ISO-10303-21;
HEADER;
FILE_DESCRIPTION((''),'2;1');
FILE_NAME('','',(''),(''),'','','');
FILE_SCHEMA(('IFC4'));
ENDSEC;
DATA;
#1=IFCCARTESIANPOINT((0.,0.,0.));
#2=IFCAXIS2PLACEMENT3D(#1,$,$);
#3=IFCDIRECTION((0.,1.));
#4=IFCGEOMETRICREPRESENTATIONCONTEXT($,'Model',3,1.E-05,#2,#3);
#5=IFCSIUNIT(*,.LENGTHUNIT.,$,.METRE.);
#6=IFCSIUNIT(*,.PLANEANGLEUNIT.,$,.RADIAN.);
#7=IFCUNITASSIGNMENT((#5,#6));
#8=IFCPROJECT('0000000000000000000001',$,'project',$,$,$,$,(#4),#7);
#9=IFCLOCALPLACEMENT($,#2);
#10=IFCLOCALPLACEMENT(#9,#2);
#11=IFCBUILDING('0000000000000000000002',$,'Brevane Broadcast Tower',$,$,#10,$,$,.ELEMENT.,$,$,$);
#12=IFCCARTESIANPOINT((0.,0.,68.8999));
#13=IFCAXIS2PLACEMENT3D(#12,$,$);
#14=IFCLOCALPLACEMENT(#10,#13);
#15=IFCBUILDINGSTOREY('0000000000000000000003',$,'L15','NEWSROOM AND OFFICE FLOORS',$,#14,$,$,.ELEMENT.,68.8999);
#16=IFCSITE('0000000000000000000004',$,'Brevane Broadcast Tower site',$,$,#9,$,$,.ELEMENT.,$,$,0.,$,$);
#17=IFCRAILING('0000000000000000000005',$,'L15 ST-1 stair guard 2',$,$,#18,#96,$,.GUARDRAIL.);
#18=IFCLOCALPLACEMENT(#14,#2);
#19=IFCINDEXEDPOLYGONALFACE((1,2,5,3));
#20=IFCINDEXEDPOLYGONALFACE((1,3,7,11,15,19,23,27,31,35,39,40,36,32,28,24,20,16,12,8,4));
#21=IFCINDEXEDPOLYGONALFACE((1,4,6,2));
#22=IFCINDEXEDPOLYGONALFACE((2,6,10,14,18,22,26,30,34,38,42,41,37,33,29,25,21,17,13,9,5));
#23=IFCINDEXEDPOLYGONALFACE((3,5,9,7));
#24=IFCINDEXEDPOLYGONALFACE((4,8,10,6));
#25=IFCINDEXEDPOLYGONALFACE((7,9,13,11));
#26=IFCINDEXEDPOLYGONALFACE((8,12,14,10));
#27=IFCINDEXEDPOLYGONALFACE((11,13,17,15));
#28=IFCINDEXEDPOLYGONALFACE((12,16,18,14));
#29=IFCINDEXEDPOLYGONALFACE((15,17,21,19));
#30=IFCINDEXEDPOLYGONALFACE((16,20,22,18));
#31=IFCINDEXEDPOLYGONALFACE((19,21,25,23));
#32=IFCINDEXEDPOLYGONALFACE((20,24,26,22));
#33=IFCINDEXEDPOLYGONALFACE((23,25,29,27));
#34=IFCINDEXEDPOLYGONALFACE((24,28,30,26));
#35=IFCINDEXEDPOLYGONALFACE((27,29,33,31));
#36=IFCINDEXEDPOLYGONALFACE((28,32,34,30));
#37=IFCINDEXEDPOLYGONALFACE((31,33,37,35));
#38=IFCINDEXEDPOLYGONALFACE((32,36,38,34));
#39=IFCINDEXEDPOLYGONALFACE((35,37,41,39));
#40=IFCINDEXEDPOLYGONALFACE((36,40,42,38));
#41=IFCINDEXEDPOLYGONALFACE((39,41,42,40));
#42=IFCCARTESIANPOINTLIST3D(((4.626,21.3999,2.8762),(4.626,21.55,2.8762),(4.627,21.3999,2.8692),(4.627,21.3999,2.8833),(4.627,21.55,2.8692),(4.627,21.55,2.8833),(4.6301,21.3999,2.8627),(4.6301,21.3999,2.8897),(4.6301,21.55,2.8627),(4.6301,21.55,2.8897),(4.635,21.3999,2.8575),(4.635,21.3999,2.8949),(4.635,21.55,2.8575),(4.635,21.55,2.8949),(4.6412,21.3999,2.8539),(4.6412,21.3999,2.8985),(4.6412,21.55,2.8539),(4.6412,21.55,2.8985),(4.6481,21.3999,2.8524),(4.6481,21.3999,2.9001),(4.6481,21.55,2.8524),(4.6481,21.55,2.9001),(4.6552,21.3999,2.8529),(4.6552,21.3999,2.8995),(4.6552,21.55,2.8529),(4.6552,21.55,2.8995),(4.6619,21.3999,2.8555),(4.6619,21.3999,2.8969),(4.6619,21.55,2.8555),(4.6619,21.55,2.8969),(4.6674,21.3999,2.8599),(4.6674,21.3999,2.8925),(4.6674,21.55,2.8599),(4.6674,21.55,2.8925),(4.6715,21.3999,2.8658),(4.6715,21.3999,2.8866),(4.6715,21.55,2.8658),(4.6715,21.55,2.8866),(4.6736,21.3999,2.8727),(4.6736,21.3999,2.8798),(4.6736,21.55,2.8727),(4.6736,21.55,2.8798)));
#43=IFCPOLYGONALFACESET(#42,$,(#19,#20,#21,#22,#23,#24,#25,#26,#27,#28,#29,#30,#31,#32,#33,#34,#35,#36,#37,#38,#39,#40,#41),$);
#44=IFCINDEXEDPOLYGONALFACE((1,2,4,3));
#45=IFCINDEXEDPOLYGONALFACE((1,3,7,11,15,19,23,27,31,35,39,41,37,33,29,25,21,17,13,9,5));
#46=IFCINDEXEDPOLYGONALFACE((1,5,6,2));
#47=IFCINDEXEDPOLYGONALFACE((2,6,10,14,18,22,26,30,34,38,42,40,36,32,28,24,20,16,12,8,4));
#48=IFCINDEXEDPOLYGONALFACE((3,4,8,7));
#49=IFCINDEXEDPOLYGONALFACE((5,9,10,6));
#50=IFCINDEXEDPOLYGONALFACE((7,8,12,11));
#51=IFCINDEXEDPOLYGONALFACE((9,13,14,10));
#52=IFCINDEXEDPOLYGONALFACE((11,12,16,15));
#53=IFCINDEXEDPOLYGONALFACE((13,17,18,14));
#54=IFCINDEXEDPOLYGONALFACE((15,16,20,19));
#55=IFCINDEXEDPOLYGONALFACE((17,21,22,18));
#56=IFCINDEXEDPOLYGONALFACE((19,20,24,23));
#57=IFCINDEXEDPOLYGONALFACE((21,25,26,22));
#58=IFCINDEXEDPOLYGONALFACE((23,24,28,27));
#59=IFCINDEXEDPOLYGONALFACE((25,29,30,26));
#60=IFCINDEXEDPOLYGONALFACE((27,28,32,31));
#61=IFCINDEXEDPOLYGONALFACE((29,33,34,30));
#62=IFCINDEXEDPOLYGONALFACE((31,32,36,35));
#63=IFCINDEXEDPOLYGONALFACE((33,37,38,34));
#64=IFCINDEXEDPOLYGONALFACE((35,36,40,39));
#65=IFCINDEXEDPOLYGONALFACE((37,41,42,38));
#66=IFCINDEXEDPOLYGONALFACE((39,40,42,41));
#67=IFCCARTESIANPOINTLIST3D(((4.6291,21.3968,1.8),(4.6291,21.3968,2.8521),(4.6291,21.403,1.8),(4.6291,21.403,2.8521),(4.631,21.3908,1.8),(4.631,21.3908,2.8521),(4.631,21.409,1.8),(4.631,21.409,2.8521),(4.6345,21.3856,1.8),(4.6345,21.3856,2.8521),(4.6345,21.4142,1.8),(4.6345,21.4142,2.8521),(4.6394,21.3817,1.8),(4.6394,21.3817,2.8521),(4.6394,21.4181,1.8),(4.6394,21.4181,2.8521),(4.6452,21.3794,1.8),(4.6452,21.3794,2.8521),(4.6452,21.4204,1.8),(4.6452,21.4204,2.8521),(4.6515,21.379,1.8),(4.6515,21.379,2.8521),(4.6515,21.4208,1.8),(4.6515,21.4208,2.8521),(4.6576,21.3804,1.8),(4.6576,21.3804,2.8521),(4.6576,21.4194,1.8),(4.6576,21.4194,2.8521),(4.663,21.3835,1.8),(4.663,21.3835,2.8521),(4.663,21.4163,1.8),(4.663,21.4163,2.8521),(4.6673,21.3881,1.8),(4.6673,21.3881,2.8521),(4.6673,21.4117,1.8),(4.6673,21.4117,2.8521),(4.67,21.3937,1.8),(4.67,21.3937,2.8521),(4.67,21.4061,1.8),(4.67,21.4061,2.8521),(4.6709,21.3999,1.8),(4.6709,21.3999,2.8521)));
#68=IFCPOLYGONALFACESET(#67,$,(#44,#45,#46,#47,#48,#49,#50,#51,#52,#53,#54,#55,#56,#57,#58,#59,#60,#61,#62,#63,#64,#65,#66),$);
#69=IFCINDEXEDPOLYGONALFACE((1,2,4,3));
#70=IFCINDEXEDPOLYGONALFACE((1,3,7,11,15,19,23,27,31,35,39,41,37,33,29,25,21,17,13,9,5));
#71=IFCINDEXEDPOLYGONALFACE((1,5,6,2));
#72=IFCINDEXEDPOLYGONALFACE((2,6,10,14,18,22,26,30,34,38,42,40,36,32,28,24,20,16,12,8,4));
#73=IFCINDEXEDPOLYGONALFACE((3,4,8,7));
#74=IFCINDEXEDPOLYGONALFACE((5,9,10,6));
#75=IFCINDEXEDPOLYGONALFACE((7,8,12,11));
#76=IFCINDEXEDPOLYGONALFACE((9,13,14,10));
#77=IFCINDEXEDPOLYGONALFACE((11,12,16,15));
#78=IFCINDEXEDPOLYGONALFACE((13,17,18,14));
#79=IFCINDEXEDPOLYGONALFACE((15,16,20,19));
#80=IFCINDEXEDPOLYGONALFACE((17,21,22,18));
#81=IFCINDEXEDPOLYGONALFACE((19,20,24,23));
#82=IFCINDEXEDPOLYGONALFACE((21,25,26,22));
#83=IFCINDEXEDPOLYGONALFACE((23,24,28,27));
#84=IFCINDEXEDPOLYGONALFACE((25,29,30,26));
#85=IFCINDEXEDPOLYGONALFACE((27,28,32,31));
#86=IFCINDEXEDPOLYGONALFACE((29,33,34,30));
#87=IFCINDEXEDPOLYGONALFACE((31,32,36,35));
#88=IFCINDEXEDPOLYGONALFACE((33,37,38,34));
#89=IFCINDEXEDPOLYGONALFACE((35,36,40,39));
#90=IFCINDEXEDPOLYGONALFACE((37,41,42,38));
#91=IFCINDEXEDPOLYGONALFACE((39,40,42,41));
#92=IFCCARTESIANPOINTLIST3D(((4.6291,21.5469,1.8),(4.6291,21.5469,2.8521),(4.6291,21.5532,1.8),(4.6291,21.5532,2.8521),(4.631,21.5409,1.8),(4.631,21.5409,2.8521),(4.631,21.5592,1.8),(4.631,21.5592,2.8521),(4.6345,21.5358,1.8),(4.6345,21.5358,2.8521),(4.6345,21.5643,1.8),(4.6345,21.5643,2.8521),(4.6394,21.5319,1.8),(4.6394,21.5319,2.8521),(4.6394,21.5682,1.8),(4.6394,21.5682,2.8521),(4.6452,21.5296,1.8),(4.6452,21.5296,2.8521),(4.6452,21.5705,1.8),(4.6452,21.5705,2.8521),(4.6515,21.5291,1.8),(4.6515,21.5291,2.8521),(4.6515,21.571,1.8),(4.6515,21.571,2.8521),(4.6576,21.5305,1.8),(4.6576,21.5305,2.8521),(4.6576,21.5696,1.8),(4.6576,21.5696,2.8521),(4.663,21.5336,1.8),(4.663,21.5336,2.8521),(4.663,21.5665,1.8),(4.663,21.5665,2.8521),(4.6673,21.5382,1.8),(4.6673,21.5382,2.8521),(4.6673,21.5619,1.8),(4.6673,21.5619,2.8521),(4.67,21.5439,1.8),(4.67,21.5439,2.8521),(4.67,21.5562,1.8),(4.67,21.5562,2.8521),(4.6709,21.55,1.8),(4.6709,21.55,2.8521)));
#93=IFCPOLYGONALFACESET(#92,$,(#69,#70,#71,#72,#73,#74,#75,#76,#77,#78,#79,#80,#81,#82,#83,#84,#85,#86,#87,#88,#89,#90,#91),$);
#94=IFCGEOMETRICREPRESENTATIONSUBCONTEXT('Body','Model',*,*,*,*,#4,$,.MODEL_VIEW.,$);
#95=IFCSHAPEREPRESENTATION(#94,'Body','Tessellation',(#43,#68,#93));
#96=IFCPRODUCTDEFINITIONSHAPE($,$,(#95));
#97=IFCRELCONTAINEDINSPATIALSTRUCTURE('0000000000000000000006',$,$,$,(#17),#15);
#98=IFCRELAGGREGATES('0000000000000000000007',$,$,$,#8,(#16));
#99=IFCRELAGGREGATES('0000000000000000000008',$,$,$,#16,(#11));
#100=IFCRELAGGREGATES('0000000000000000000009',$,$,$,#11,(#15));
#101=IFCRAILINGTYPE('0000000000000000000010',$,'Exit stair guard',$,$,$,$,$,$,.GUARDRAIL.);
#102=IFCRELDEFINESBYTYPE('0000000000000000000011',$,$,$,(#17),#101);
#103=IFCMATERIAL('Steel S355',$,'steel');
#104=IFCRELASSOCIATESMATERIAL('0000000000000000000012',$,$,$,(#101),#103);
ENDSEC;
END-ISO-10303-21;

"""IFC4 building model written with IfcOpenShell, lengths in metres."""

from ifc_helpers import new_model, si_unit, direction, frame, origin, origin_2d, place, context, subcontext, project, spatial, circle, extrude, material, type_object, element, save


model = new_model("IFC4")

# Units and contexts
model_context = context("Model", 3, precision=1e-05, world=origin(), true_north=direction((0.0, 1.0)))
body_context = subcontext(model_context, "Body", "Model", "MODEL_VIEW")
ifc_project = project(units=[si_unit("LENGTHUNIT", "METRE"), si_unit("PLANEANGLEUNIT", "RADIAN")], contexts=[model_context])

# Site, building, storey
site_placement = place(None, origin())
site = spatial("IfcSite", under=ifc_project, at=site_placement, Name="Brevane Broadcast Tower site", CompositionType="ELEMENT", RefElevation=0.0)
building_placement = place(site_placement, origin())
building = spatial("IfcBuilding", under=site, at=building_placement, Name="Brevane Broadcast Tower", CompositionType="ELEMENT")
storey_placement = place(building_placement, frame((0.0, 0.0, 68.8999)))
storey = spatial("IfcBuildingStorey", under=building, at=storey_placement, Name="L15", Description="NEWSROOM AND OFFICE FLOORS", CompositionType="ELEMENT", Elevation=68.8999)

# Railing
ifc_material_1 = material(Name="Steel S355", Category="steel")
railing_type_1 = type_object("IfcRailingType", Name="Exit stair guard", PredefinedType="GUARDRAIL", material=ifc_material_1)
railing_1_placement = place(storey_placement, frame((4.6499, 21.3999, 1.8)))
element("IfcRailing", 1, at=railing_1_placement, inside=storey, type_object=railing_type_1, Name="L15 ST-1 stair guard 2", PredefinedType="GUARDRAIL", context=body_context, shape_type="SweptSolid", body=[
    extrude(circle(Radius=0.0239, at=origin_2d()), frame((0.0, 0.0, 1.0762), z_axis=(0.0, 1.0, 0.0), x_axis=(-1.0, 0.0, 0.0)), (0.0, 0.0, 1.0), 0.1501),
    extrude(circle(Radius=0.021, at=origin_2d()), origin(), (0.0, 0.0, 1.0), 1.052),
    extrude(circle(Radius=0.021, at=origin_2d()), frame((0.0, 0.1501, 0.0)), (0.0, 0.0, 1.0), 1.052),
])

save(model, "model.ifc")
